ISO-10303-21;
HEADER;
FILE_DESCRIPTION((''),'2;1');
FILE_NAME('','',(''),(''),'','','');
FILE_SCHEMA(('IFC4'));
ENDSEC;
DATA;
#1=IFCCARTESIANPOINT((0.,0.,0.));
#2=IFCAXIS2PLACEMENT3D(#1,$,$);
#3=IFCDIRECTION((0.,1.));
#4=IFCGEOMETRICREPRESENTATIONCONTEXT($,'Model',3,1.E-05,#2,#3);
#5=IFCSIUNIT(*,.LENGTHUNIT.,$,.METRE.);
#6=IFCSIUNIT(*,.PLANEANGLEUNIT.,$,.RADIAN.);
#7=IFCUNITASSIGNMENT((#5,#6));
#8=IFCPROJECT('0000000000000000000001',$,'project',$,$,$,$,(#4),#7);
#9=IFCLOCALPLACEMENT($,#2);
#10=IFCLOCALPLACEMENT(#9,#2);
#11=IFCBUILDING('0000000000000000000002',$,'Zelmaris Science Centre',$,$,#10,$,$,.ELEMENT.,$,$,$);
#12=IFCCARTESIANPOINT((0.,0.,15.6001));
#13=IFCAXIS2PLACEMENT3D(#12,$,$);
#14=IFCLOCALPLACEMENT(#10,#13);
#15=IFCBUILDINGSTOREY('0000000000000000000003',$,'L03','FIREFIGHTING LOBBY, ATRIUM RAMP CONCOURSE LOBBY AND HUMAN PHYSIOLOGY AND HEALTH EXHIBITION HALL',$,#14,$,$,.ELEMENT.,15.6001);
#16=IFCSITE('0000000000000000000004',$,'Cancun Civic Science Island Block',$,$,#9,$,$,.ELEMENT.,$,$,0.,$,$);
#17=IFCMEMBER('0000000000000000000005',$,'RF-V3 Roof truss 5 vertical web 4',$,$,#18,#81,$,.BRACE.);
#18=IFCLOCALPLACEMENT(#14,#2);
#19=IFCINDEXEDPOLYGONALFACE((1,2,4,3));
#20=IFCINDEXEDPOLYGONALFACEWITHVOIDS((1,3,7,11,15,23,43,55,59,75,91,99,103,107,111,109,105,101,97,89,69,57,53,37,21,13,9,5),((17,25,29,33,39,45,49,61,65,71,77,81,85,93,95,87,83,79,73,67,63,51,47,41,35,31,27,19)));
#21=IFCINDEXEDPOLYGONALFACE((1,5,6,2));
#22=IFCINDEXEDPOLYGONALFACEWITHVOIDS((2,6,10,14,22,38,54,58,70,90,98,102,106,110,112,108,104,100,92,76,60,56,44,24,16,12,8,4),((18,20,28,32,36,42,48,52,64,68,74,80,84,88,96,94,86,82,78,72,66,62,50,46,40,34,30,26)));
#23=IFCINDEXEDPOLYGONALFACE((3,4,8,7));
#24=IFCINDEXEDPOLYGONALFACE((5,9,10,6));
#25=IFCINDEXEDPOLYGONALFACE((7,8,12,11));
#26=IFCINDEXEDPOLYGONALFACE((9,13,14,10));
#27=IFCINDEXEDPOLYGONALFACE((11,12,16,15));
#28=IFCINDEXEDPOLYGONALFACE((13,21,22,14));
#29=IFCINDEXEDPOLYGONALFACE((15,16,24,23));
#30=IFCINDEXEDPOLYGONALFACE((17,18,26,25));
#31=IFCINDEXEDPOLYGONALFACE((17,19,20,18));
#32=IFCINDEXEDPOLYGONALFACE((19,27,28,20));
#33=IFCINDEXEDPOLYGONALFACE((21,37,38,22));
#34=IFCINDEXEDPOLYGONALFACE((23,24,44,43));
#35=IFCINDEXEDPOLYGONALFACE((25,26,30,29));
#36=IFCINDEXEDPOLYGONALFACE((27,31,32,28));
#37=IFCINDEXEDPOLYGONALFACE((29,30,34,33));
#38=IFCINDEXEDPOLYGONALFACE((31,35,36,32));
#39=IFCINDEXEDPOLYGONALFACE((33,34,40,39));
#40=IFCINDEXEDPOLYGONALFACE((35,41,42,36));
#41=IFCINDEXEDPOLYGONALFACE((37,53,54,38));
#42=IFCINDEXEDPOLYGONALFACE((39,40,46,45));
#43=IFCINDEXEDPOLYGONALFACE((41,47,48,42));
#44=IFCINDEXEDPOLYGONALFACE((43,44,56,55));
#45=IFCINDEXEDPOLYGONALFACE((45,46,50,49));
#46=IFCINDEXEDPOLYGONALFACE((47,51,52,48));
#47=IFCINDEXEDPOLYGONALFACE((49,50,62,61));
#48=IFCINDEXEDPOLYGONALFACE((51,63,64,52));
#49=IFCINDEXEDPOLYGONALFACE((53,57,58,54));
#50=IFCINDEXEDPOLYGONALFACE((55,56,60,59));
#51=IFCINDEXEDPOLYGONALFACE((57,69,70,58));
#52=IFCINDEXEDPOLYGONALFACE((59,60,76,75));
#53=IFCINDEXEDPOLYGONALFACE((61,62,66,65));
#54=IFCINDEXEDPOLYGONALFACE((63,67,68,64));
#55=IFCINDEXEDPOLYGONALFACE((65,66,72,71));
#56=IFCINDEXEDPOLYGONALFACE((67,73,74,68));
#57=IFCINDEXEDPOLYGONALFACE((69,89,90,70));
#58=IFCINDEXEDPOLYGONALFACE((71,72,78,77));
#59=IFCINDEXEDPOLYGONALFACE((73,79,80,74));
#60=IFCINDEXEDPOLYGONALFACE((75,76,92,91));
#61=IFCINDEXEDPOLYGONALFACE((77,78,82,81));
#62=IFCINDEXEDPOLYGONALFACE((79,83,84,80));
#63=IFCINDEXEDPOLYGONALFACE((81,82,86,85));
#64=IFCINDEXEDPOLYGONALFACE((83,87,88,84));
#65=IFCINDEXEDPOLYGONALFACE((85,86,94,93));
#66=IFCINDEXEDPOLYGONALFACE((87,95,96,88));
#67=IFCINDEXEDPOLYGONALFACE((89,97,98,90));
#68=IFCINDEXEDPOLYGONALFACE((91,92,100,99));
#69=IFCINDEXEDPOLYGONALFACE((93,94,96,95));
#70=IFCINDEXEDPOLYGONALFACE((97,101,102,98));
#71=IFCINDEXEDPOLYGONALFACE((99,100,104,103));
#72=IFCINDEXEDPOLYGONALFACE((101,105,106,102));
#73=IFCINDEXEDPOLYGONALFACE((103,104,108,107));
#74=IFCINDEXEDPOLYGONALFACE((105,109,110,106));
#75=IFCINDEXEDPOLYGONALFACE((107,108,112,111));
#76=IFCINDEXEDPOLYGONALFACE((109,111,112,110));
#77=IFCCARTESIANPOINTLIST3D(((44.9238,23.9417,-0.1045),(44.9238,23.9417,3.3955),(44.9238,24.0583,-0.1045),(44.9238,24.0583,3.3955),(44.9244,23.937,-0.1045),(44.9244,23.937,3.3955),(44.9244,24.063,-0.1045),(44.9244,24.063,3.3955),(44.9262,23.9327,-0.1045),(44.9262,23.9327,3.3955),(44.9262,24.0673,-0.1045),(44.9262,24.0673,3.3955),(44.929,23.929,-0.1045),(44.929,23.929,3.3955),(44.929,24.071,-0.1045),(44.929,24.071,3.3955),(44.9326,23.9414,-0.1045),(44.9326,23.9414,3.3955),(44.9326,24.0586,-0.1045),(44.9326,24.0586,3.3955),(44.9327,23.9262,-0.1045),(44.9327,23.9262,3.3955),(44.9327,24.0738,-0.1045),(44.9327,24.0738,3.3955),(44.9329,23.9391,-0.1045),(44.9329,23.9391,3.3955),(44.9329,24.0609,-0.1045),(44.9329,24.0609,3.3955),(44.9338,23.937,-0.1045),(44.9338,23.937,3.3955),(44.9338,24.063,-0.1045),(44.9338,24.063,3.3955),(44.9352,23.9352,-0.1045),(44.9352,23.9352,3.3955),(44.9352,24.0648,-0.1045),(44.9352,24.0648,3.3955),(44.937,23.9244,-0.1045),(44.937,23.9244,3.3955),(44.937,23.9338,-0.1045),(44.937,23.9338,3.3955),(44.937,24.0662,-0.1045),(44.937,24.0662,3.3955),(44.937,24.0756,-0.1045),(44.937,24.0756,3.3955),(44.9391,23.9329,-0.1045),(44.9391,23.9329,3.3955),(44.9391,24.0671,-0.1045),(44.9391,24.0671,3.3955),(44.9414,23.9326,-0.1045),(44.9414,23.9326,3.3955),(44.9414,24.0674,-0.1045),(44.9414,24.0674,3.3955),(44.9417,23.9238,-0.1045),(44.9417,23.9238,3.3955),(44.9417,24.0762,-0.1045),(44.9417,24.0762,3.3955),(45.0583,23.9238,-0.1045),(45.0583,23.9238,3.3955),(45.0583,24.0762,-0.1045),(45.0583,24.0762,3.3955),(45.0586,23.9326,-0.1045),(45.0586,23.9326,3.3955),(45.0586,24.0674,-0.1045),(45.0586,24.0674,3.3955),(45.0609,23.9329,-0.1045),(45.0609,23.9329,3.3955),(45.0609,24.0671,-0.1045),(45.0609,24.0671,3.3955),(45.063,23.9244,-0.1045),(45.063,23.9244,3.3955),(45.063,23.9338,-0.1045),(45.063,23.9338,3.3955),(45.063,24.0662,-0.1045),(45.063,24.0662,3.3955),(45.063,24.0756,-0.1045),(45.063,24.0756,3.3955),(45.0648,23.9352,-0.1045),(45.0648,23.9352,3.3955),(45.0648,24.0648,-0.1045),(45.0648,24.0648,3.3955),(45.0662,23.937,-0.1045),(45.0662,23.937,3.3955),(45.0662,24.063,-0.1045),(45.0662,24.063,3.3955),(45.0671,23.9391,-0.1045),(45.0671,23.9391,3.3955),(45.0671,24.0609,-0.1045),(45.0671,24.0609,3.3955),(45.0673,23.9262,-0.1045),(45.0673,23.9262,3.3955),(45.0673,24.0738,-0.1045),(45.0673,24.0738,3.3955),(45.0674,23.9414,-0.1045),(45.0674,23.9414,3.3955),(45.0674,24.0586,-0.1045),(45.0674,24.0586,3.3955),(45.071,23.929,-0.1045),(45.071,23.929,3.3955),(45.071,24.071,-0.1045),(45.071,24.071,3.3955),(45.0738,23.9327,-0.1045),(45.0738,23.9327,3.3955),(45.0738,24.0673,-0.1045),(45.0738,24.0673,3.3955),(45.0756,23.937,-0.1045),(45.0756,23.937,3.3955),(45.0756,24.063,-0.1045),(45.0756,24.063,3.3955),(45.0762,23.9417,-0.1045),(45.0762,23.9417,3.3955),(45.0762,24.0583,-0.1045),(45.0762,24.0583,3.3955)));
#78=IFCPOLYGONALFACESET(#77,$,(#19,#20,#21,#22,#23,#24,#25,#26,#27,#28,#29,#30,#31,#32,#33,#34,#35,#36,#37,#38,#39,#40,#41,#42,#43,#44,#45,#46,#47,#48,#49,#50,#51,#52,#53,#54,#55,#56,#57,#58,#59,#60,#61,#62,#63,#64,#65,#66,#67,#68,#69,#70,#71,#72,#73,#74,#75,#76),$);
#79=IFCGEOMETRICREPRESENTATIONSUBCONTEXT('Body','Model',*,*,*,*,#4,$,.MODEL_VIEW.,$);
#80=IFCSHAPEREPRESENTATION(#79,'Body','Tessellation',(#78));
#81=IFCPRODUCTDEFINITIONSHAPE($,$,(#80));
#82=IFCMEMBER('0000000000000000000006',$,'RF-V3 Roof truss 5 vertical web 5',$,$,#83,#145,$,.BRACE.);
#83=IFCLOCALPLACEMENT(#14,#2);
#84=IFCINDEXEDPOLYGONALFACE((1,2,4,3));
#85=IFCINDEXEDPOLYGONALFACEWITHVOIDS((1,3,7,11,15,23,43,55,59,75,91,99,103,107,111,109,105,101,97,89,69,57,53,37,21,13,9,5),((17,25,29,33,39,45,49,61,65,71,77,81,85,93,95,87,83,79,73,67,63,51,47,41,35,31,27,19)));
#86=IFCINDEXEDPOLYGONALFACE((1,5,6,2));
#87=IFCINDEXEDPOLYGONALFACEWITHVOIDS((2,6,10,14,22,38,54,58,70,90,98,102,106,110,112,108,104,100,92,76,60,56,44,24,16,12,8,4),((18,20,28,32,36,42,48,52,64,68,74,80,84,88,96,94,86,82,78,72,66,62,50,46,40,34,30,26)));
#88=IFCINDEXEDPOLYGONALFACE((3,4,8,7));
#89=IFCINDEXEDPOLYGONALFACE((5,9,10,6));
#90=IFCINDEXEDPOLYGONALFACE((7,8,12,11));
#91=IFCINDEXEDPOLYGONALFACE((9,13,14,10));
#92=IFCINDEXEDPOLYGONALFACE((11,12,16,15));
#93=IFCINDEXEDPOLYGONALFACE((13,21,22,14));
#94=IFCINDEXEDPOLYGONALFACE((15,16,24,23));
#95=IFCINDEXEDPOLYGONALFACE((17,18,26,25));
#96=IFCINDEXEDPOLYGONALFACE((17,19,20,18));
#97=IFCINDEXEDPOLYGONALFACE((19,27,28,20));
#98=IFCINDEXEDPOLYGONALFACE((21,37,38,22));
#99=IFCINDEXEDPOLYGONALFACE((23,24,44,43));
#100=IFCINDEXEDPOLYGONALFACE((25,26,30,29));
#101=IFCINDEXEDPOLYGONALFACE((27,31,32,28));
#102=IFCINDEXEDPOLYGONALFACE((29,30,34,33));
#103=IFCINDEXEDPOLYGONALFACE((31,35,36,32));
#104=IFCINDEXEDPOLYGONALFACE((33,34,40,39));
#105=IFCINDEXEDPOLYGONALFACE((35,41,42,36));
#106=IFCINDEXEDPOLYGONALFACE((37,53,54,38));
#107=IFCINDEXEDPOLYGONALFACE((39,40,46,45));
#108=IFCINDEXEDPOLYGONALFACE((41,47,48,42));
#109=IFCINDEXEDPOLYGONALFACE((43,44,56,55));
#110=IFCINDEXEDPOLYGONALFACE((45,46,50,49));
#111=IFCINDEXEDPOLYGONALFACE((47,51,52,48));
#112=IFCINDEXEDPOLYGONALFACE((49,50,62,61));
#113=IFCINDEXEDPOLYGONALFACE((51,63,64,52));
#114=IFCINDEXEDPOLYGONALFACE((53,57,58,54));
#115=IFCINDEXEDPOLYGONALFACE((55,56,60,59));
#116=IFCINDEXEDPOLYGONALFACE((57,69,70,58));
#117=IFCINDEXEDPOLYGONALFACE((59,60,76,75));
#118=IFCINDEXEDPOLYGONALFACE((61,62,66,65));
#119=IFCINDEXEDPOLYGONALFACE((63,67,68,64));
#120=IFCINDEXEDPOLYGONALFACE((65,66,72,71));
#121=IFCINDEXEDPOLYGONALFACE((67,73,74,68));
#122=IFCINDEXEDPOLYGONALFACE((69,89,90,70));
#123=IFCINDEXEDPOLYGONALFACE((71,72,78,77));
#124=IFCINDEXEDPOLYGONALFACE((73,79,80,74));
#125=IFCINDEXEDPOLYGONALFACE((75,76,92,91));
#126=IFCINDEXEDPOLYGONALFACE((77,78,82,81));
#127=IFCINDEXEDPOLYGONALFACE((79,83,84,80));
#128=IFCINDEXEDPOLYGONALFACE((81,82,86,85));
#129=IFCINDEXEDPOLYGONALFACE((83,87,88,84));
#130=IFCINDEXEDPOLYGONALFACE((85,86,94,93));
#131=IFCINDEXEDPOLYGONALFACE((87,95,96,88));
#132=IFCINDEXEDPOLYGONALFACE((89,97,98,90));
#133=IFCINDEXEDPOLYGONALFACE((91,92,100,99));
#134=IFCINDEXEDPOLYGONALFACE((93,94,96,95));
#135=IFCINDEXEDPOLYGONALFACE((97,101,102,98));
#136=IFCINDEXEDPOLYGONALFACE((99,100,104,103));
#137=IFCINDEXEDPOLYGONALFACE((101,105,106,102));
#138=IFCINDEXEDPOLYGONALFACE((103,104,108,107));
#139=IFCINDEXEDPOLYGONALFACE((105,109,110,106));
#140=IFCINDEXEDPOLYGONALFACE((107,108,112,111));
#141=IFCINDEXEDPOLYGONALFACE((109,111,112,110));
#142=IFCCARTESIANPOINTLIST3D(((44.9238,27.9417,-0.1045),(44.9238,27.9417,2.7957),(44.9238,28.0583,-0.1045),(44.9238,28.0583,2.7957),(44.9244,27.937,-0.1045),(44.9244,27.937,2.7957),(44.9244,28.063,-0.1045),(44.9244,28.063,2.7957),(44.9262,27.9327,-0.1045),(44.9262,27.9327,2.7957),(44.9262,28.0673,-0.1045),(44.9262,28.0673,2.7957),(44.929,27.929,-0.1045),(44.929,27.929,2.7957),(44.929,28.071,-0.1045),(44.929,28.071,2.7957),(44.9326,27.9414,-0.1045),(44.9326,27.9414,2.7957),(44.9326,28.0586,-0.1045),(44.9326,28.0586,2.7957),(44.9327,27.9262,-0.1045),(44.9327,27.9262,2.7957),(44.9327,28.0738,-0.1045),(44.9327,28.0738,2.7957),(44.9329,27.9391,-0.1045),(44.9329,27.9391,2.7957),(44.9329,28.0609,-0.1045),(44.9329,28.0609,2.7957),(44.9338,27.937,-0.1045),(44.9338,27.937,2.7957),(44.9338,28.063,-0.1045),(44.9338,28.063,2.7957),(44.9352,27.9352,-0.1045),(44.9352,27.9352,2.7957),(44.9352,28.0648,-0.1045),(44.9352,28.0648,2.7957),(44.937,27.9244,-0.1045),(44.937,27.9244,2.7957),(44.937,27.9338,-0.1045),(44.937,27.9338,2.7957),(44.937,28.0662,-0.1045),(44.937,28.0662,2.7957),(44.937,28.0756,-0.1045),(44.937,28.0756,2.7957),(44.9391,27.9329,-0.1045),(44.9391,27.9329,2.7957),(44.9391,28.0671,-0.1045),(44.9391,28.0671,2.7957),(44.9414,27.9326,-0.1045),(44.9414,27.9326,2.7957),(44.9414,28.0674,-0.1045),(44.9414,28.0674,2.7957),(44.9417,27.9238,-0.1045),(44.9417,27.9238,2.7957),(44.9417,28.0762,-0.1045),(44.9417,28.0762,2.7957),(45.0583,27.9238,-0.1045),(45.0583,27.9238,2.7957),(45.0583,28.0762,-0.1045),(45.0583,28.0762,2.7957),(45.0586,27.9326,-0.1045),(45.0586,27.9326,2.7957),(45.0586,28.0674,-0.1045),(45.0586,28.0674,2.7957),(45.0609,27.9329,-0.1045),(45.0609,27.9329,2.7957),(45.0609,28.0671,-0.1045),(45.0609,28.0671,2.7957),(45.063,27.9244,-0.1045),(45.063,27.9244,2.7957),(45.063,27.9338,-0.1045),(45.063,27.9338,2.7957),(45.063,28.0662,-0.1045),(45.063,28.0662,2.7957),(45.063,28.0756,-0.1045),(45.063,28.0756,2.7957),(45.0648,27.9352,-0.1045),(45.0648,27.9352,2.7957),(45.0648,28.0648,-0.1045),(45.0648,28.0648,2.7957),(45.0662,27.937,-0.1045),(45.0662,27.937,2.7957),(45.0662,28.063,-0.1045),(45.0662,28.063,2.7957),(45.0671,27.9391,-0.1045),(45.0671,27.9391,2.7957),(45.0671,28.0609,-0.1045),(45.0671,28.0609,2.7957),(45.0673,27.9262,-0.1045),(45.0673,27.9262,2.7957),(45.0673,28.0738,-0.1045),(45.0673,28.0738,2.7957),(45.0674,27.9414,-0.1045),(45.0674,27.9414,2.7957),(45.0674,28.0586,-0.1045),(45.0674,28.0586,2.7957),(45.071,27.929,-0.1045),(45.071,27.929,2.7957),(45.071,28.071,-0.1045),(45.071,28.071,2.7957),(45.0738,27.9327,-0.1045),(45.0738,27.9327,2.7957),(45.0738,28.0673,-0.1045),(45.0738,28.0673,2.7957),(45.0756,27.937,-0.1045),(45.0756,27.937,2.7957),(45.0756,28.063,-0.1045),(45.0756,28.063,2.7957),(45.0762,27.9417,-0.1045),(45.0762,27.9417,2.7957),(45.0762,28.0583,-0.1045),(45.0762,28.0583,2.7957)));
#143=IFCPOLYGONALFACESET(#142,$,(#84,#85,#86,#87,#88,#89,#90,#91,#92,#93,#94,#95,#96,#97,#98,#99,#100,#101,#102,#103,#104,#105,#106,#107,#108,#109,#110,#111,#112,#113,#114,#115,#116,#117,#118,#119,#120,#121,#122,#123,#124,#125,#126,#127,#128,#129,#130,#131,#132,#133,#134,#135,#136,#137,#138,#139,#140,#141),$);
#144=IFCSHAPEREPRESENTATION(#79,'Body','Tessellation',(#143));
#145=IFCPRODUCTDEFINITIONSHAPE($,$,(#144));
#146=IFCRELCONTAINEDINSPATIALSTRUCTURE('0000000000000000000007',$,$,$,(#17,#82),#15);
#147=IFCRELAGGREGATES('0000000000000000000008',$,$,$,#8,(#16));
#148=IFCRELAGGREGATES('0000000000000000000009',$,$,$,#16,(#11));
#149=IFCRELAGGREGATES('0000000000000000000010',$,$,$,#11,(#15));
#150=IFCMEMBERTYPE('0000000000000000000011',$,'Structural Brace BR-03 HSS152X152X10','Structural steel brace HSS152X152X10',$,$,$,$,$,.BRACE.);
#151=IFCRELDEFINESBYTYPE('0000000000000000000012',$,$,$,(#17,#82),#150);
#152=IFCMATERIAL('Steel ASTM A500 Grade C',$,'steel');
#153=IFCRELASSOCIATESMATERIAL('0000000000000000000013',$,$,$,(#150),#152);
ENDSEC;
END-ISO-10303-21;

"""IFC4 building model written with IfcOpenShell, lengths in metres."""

from ifc_helpers import new_model, si_unit, direction, frame, origin, origin_2d, place, context, subcontext, project, spatial, hollow_rectangle, extrude, material, material_profile, profile_set, type_object, element, save


model = new_model("IFC4")

# Units and contexts
model_context = context("Model", 3, precision=1e-05, world=origin(), true_north=direction((0.0, 1.0)))
body_context = subcontext(model_context, "Body", "Model", "MODEL_VIEW")
ifc_project = project(units=[si_unit("LENGTHUNIT", "METRE"), si_unit("PLANEANGLEUNIT", "RADIAN")], contexts=[model_context])

# Site, building, storey
site_placement = place(None, origin())
site = spatial("IfcSite", under=ifc_project, at=site_placement, Name="Cancun Civic Science Island Block", CompositionType="ELEMENT", RefElevation=0.0)
building_placement = place(site_placement, origin())
building = spatial("IfcBuilding", under=site, at=building_placement, Name="Zelmaris Science Centre", CompositionType="ELEMENT")
storey_placement = place(building_placement, frame((0.0, 0.0, 15.6001)))
storey = spatial("IfcBuildingStorey", under=building, at=storey_placement, Name="L03", Description="FIREFIGHTING LOBBY, ATRIUM RAMP CONCOURSE LOBBY AND HUMAN PHYSIOLOGY AND HEALTH EXHIBITION HALL", CompositionType="ELEMENT", Elevation=15.6001)

# Shared definitions
ifc_material_1 = material(Name="Steel ASTM A500 Grade C", Category="steel")

# Members
ifc_material_profile_1 = material_profile(ifc_material_1, hollow_rectangle(XDim=0.1523, YDim=0.1523, WallThickness=0.0088, InnerFilletRadius=0.0088, OuterFilletRadius=0.0178, at=origin_2d()), Name="HSS152X152X10")
ifc_profile_set_1 = profile_set([ifc_material_profile_1], Name="Steel ASTM A500 Grade C")
member_type_1 = type_object("IfcMemberType", Name="Structural Brace BR-03 HSS152X152X10", Description="Structural steel brace HSS152X152X10", PredefinedType="BRACE", material=ifc_profile_set_1)
member_1_placement = place(storey_placement, frame((45.0, 24.0, -0.1045), z_axis=(0.0, 0.0, 1.0), x_axis=(1.0, 0.0, 0.0)))
element("IfcMember", 1, at=member_1_placement, inside=storey, type_object=member_type_1, Name="RF-V3 Roof truss 5 vertical web 4", PredefinedType="BRACE", context=body_context, shape_type="SweptSolid", body=[
    extrude(hollow_rectangle(XDim=0.1523, YDim=0.1523, WallThickness=0.0088, InnerFilletRadius=0.0088, OuterFilletRadius=0.0178, at=origin_2d()), origin(), (0.0, 0.0, 1.0), 3.5),
])
member_2_placement = place(storey_placement, frame((45.0, 28.0, -0.1045), z_axis=(0.0, 0.0, 1.0), x_axis=(1.0, 0.0, 0.0)))
element("IfcMember", 2, at=member_2_placement, inside=storey, type_object=member_type_1, Name="RF-V3 Roof truss 5 vertical web 5", PredefinedType="BRACE", context=body_context, shape_type="SweptSolid", body=[
    extrude(hollow_rectangle(XDim=0.1523, YDim=0.1523, WallThickness=0.0088, InnerFilletRadius=0.0088, OuterFilletRadius=0.0178, at=origin_2d()), origin(), (0.0, 0.0, 1.0), 2.9001),
])

save(model, "model.ifc")
